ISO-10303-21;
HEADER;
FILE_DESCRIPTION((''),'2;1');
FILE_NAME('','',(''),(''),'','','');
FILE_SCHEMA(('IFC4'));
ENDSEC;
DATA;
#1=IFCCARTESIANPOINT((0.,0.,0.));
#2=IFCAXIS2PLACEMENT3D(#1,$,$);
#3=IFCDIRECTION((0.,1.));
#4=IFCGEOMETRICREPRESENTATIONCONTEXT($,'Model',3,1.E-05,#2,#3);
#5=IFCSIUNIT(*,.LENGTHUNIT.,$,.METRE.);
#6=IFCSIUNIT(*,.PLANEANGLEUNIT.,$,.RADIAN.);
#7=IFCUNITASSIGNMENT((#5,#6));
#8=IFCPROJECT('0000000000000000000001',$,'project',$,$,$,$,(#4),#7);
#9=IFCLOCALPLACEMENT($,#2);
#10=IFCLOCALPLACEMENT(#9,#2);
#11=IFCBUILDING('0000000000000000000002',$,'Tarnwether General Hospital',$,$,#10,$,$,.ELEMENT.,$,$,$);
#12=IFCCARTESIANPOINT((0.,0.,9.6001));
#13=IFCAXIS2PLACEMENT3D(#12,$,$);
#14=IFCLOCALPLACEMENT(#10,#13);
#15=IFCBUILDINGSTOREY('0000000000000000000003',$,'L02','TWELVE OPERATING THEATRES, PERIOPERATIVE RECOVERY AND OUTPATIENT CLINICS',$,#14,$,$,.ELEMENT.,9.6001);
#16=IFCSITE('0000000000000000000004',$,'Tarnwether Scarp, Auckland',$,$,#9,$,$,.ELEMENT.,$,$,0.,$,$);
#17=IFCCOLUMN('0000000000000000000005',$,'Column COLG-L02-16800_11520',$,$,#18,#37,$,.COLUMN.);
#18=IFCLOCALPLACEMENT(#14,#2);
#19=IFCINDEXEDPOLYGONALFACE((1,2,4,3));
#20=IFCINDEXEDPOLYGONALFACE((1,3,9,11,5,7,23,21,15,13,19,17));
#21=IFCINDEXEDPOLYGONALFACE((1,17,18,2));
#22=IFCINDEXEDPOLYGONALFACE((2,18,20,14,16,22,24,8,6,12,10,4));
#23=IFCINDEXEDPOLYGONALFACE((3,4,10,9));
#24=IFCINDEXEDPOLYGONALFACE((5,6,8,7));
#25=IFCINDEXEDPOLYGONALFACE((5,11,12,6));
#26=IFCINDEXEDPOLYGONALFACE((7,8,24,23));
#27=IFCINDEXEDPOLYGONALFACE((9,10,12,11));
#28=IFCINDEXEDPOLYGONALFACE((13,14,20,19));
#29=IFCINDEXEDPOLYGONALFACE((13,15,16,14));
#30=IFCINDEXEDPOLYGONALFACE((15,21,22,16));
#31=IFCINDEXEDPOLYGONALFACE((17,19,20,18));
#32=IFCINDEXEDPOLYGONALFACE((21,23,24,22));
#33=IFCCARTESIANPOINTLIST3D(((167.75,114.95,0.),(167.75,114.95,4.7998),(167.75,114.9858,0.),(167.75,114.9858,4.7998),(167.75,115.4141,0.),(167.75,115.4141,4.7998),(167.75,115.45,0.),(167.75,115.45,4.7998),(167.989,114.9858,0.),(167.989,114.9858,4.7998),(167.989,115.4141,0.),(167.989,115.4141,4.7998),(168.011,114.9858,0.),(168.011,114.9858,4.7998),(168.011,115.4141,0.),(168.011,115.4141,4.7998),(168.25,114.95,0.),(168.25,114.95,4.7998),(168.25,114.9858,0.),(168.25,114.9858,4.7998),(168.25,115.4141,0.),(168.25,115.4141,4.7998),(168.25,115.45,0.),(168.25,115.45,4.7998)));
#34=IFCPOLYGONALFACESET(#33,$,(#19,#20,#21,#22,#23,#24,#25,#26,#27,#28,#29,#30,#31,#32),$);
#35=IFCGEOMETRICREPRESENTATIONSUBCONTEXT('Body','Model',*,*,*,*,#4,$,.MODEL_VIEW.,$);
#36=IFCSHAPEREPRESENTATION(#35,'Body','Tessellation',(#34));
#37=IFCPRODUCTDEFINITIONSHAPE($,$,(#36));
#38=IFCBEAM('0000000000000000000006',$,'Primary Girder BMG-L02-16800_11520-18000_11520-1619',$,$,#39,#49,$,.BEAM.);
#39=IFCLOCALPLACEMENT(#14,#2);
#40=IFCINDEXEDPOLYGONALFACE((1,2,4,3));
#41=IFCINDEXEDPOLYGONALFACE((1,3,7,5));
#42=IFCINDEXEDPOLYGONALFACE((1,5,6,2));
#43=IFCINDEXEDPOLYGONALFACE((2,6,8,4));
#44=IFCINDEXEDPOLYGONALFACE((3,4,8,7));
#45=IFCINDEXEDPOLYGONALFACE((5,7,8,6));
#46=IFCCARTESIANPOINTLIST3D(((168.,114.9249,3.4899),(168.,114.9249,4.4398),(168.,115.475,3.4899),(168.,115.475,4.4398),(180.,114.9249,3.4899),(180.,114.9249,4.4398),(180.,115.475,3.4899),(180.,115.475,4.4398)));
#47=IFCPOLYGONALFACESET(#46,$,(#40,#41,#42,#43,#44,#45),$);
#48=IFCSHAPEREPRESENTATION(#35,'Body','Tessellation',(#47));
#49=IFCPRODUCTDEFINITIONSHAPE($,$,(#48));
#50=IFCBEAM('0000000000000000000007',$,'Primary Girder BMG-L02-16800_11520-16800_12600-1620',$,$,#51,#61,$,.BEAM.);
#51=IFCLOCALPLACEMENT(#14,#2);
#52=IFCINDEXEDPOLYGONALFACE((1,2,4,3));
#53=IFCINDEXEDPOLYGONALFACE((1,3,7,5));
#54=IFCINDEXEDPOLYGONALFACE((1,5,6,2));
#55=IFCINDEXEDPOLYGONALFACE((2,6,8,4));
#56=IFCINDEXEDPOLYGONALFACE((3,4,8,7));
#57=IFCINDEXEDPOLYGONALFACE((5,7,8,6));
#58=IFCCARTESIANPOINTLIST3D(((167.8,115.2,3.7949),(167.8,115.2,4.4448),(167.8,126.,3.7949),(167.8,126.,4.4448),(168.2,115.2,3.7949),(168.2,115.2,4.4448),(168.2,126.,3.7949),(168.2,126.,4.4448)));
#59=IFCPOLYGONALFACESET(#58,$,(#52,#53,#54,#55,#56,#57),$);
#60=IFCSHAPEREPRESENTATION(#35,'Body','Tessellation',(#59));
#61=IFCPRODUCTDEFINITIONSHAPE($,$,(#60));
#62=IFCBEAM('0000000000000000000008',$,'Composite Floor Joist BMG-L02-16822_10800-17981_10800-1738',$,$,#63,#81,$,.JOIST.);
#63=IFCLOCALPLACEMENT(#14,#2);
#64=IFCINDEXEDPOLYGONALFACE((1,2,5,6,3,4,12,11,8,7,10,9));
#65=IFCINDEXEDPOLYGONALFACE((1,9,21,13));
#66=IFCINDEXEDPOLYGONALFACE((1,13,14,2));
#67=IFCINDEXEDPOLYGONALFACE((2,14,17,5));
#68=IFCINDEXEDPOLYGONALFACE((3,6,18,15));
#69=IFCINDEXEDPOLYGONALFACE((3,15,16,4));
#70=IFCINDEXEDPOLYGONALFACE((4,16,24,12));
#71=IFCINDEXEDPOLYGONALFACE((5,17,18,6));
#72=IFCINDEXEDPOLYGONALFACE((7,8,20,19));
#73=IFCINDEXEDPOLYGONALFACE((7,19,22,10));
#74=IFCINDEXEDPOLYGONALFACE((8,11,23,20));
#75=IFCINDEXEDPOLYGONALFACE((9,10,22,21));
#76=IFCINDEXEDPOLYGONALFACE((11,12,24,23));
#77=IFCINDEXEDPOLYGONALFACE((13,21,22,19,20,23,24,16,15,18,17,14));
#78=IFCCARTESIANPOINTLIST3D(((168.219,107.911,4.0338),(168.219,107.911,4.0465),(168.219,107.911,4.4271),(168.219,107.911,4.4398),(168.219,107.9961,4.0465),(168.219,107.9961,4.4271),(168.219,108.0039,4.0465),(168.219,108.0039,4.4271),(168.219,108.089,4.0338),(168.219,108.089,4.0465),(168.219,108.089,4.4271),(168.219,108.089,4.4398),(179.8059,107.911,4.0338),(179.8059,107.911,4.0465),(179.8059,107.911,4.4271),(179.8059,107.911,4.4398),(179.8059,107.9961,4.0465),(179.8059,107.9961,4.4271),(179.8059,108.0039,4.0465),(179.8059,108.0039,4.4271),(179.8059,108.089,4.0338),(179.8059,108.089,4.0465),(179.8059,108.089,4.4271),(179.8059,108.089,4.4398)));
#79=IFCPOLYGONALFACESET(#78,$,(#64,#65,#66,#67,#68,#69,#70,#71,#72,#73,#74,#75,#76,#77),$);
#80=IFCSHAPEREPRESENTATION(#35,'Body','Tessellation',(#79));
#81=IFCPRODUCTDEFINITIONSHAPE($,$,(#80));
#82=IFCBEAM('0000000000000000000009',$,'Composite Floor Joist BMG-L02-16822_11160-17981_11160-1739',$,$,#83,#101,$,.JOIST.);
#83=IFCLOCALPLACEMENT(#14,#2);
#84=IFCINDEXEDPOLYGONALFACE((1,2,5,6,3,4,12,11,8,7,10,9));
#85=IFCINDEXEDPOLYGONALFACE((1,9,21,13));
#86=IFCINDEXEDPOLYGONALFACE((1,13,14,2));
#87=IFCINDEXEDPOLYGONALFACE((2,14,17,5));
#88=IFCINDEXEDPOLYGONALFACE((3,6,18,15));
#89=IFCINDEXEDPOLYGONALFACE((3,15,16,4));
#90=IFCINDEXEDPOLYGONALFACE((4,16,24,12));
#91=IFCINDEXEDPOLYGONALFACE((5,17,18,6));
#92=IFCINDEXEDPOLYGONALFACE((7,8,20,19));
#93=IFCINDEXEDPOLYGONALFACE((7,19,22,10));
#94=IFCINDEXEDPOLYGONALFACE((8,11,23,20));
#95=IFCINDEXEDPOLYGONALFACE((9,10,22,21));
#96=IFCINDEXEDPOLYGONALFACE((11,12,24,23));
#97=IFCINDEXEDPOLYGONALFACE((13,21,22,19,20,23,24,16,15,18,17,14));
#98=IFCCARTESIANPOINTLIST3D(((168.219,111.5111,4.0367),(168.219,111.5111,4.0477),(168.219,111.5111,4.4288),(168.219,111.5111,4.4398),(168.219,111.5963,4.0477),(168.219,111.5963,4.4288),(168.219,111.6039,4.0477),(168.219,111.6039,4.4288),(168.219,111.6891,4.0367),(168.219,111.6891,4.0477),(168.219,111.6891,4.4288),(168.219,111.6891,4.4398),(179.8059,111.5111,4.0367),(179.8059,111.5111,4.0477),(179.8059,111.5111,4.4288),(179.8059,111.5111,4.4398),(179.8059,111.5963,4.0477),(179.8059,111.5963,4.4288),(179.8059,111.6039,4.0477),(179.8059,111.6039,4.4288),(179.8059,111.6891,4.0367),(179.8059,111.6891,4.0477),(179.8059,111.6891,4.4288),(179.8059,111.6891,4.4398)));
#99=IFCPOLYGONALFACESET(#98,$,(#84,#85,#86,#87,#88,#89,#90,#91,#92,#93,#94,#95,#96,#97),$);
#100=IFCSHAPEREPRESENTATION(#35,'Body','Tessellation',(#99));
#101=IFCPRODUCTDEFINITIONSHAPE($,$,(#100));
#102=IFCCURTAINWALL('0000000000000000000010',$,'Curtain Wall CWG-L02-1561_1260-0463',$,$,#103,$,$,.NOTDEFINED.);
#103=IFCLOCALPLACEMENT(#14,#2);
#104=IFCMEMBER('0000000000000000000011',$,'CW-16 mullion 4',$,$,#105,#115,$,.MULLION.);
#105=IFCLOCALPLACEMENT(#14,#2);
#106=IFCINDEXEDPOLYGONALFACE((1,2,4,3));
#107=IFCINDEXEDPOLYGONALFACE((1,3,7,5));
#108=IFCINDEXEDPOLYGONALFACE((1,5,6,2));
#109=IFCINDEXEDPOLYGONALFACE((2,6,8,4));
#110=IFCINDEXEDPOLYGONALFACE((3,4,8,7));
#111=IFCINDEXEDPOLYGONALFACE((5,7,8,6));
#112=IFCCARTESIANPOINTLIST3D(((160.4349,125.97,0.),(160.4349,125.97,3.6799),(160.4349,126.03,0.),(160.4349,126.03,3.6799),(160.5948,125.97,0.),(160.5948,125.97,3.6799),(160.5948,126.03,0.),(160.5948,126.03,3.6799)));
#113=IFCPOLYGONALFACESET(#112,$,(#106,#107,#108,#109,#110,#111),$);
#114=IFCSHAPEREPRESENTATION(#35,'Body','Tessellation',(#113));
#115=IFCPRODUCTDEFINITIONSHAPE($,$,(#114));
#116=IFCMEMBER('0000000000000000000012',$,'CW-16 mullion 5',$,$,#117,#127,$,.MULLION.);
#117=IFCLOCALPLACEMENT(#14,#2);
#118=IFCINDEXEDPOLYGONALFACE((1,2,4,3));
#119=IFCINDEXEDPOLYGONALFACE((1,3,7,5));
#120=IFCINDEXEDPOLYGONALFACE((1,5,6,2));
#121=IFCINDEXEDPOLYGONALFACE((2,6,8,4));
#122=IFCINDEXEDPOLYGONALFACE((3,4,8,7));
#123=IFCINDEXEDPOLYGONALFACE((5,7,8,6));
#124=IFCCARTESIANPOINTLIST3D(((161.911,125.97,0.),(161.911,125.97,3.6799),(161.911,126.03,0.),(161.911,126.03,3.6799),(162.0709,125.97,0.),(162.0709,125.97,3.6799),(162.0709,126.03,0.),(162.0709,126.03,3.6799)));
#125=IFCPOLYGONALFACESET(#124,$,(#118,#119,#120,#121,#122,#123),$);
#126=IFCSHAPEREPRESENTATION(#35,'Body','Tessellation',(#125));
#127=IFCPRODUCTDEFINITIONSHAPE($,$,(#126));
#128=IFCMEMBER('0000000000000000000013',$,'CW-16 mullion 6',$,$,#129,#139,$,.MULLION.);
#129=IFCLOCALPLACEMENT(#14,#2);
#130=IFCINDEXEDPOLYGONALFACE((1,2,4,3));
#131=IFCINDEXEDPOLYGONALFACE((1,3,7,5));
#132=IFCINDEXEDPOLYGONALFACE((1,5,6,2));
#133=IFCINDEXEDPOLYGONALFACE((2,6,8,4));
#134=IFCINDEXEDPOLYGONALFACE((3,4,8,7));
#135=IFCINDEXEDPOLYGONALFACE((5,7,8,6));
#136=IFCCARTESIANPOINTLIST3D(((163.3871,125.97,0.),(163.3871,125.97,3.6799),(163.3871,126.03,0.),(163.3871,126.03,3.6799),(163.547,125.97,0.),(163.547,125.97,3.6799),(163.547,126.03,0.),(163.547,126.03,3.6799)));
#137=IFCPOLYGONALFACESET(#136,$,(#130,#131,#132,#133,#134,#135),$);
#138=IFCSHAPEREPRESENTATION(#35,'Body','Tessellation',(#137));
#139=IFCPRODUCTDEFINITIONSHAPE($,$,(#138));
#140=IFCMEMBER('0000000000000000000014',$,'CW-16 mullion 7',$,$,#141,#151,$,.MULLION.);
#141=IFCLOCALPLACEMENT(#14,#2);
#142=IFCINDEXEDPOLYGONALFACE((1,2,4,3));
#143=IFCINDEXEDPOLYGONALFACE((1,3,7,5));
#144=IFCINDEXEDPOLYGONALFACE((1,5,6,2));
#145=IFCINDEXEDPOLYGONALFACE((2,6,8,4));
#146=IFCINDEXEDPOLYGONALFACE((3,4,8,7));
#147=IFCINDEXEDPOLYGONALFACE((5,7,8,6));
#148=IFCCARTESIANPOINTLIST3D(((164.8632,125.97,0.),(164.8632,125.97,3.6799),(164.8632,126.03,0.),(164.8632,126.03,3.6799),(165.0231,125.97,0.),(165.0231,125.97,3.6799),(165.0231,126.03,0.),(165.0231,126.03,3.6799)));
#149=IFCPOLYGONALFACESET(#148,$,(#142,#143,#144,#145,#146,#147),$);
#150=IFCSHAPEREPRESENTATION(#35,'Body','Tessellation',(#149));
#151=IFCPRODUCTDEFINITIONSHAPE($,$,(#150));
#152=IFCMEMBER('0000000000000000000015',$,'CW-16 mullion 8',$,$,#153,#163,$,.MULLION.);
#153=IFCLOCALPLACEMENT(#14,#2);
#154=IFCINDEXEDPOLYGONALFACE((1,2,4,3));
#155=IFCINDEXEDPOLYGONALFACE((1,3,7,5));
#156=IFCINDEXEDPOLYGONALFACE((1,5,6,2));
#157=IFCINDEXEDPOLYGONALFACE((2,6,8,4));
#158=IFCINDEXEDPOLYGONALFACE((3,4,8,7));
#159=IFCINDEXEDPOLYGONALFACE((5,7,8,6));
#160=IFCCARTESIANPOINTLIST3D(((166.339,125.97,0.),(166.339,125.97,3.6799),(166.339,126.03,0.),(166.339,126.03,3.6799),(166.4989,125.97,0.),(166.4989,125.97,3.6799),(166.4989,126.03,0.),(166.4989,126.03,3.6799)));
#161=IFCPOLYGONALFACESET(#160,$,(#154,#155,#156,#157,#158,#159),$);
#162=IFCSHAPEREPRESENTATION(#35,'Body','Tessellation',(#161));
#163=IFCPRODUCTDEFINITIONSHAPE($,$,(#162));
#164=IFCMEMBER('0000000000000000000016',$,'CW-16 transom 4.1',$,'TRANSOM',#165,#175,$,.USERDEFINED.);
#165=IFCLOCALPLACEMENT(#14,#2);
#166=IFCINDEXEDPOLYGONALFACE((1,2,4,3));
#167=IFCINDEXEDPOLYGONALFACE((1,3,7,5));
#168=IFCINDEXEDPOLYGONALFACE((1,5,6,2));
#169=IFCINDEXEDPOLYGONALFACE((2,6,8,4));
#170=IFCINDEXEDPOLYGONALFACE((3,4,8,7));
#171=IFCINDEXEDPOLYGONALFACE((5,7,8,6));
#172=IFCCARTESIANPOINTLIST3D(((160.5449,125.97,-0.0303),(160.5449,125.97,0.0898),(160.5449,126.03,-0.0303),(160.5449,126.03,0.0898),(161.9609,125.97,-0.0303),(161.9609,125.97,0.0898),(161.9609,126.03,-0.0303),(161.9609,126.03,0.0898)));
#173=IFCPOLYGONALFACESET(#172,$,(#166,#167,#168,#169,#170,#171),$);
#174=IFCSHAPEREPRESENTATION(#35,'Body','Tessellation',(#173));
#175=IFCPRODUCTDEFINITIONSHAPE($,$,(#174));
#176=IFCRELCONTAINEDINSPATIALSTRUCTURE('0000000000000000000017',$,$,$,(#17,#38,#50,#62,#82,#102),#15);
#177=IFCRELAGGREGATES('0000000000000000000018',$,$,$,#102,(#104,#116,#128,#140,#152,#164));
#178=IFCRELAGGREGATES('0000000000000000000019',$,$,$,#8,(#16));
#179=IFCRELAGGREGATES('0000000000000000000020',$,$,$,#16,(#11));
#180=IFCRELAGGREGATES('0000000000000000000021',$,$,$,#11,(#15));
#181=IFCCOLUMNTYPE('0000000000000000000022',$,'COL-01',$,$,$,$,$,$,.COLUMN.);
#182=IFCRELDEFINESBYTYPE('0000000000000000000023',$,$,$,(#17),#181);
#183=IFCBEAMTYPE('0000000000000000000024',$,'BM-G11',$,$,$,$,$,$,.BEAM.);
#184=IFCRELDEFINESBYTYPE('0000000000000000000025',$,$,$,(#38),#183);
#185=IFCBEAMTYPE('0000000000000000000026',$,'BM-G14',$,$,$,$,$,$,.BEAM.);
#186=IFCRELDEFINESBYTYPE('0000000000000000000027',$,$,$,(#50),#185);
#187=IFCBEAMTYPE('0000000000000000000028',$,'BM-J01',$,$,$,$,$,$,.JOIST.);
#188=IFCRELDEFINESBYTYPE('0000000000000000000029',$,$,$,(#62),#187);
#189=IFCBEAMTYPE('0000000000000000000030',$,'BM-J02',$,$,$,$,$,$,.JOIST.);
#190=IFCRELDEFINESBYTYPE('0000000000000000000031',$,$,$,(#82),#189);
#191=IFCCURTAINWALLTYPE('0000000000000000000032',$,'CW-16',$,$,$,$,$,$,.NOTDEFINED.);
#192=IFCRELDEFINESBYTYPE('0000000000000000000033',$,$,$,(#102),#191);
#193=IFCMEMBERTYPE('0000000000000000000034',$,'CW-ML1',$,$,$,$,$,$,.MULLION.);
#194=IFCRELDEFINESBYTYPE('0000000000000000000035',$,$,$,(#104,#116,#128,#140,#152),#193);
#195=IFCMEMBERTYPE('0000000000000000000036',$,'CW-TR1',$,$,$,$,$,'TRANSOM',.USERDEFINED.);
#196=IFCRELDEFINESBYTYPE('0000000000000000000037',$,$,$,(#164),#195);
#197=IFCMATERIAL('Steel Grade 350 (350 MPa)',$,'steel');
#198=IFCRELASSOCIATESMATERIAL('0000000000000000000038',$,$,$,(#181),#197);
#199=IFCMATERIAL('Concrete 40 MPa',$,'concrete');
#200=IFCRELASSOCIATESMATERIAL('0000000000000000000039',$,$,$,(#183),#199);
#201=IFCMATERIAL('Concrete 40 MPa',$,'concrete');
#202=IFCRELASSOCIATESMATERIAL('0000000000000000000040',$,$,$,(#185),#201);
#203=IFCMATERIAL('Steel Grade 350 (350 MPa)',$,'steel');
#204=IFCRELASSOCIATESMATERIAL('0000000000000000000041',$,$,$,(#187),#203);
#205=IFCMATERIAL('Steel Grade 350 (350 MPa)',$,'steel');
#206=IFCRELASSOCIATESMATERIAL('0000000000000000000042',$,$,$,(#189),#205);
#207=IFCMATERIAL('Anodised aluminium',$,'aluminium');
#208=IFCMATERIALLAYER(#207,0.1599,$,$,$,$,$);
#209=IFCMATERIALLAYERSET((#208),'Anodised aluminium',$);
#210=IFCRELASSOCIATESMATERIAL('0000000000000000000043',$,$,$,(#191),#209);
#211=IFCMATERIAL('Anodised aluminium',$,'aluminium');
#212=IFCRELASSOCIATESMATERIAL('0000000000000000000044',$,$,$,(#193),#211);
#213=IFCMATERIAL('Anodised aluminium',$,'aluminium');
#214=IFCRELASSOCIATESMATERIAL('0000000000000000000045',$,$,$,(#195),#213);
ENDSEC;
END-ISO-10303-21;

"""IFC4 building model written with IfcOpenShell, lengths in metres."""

from ifc_helpers import new_model, si_unit, direction, frame, origin, origin_2d, place, context, subcontext, project, spatial, rectangle, i_section, extrude, material, layer, layer_set, material_profile, profile_set, type_object, element, aggregate, save


model = new_model("IFC4")

# Units and contexts
model_context = context("Model", 3, precision=1e-05, world=origin(), true_north=direction((0.0, 1.0)))
body_context = subcontext(model_context, "Body", "Model", "MODEL_VIEW")
ifc_project = project(units=[si_unit("LENGTHUNIT", "METRE"), si_unit("PLANEANGLEUNIT", "RADIAN")], contexts=[model_context])

# Site, building, storey
site_placement = place(None, origin())
site = spatial("IfcSite", under=ifc_project, at=site_placement, Name="Tarnwether Scarp, Auckland", CompositionType="ELEMENT", RefElevation=0.0)
building_placement = place(site_placement, origin())
building = spatial("IfcBuilding", under=site, at=building_placement, Name="Tarnwether General Hospital", CompositionType="ELEMENT")
storey_placement = place(building_placement, frame((0.0, 0.0, 9.6001)))
storey = spatial("IfcBuildingStorey", under=building, at=storey_placement, Name="L02", Description="TWELVE OPERATING THEATRES, PERIOPERATIVE RECOVERY AND OUTPATIENT CLINICS", CompositionType="ELEMENT", Elevation=9.6001)

# Column
ifc_material_1 = material(Name="Steel Grade 350 (350 MPa)", Category="steel")
ifc_material_profile_1 = material_profile(ifc_material_1, i_section(OverallWidth=0.5, OverallDepth=0.5, WebThickness=0.022, FlangeThickness=0.0359, at=origin_2d()), Name="500WC380")
ifc_profile_set_1 = profile_set([ifc_material_profile_1], Name="Steel Grade 350 (350 MPa)")
column_type = type_object("IfcColumnType", Name="COL-01", PredefinedType="COLUMN", material=ifc_profile_set_1)
column_placement = place(storey_placement, frame((168.0, 115.2, 0.0), z_axis=(0.0, 0.0, 1.0), x_axis=(1.0, 0.0, 0.0)))
element("IfcColumn", 1, at=column_placement, inside=storey, type_object=column_type, Name="Column COLG-L02-16800_11520", PredefinedType="COLUMN", context=body_context, shape_type="SweptSolid", body=[
    extrude(i_section(OverallWidth=0.5, OverallDepth=0.5, WebThickness=0.022, FlangeThickness=0.0359, at=origin_2d()), origin(), (0.0, 0.0, 1.0), 4.7998),
])

# Beams
ifc_material_2 = material(Name="Concrete 40 MPa", Category="concrete")
ifc_material_profile_2 = material_profile(ifc_material_2, rectangle(XDim=0.55, YDim=0.95, at=origin_2d()), Name="RC-BM-550x950")
ifc_profile_set_2 = profile_set([ifc_material_profile_2], Name="Concrete 40 MPa")
beam_type_1 = type_object("IfcBeamType", Name="BM-G11", PredefinedType="BEAM", material=ifc_profile_set_2)
beam_1_placement = place(storey_placement, frame((168.0, 115.2, 3.9648), z_axis=(1.0, 0.0, 0.0), x_axis=(0.0, 1.0, 0.0)))
element("IfcBeam", 2, at=beam_1_placement, inside=storey, type_object=beam_type_1, Name="Primary Girder BMG-L02-16800_11520-18000_11520-1619", PredefinedType="BEAM", context=body_context, shape_type="SweptSolid", body=[
    extrude(rectangle(XDim=0.55, YDim=0.95, at=origin_2d()), origin(), (0.0, 0.0, 1.0), 12.0),
])
ifc_material_3 = material(Name="Concrete 40 MPa", Category="concrete")
ifc_material_profile_3 = material_profile(ifc_material_3, rectangle(XDim=0.3999, YDim=0.6499, at=origin_2d()), Name="RC-BM-400x650")
ifc_profile_set_3 = profile_set([ifc_material_profile_3], Name="Concrete 40 MPa")
beam_type_2 = type_object("IfcBeamType", Name="BM-G14", PredefinedType="BEAM", material=ifc_profile_set_3)
beam_2_placement = place(storey_placement, frame((168.0, 115.2, 4.1199), z_axis=(0.0, 1.0, 0.0), x_axis=(-1.0, 0.0, 0.0)))
element("IfcBeam", 3, at=beam_2_placement, inside=storey, type_object=beam_type_2, Name="Primary Girder BMG-L02-16800_11520-16800_12600-1620", PredefinedType="BEAM", context=body_context, shape_type="SweptSolid", body=[
    extrude(rectangle(XDim=0.3999, YDim=0.6499, at=origin_2d()), origin(), (0.0, 0.0, 1.0), 10.8),
])
ifc_material_4 = material(Name="Steel Grade 350 (350 MPa)", Category="steel")
ifc_material_profile_4 = material_profile(ifc_material_4, i_section(OverallWidth=0.178, OverallDepth=0.406, WebThickness=0.0078, FlangeThickness=0.0127, at=origin_2d()), Name="410UB59.7")
ifc_profile_set_4 = profile_set([ifc_material_profile_4], Name="Steel Grade 350 (350 MPa)")
beam_type_3 = type_object("IfcBeamType", Name="BM-J01", PredefinedType="JOIST", material=ifc_profile_set_4)
beam_3_placement = place(storey_placement, frame((168.219, 108.0, 4.2368), z_axis=(1.0, 0.0, 0.0), x_axis=(0.0, 1.0, 0.0)))
element("IfcBeam", 4, at=beam_3_placement, inside=storey, type_object=beam_type_3, Name="Composite Floor Joist BMG-L02-16822_10800-17981_10800-1738", PredefinedType="JOIST", context=body_context, shape_type="SweptSolid", body=[
    extrude(i_section(OverallWidth=0.178, OverallDepth=0.406, WebThickness=0.0078, FlangeThickness=0.0127, at=origin_2d()), origin(), (0.0, 0.0, 1.0), 11.5869),
])
ifc_material_5 = material(Name="Steel Grade 350 (350 MPa)", Category="steel")
ifc_material_profile_5 = material_profile(ifc_material_5, i_section(OverallWidth=0.178, OverallDepth=0.4031, WebThickness=0.0076, FlangeThickness=0.011, at=origin_2d()), Name="410UB53.7")
ifc_profile_set_5 = profile_set([ifc_material_profile_5], Name="Steel Grade 350 (350 MPa)")
beam_type_4 = type_object("IfcBeamType", Name="BM-J02", PredefinedType="JOIST", material=ifc_profile_set_5)
beam_4_placement = place(storey_placement, frame((168.219, 111.6001, 4.2383), z_axis=(1.0, 0.0, 0.0), x_axis=(0.0, 1.0, 0.0)))
element("IfcBeam", 5, at=beam_4_placement, inside=storey, type_object=beam_type_4, Name="Composite Floor Joist BMG-L02-16822_11160-17981_11160-1739", PredefinedType="JOIST", context=body_context, shape_type="SweptSolid", body=[
    extrude(i_section(OverallWidth=0.178, OverallDepth=0.4031, WebThickness=0.0076, FlangeThickness=0.011, at=origin_2d()), origin(), (0.0, 0.0, 1.0), 11.5869),
])

# Curtain wall, members
ifc_material_6 = material(Name="Anodised aluminium", Category="aluminium")
ifc_layer_1 = layer(ifc_material_6, 0.1599)
ifc_layer_set_1 = layer_set([ifc_layer_1], Name="Anodised aluminium")
curtain_wall_type = type_object("IfcCurtainWallType", Name="CW-16", PredefinedType="NOTDEFINED", material=ifc_layer_set_1)
curtain_wall_placement = place(storey_placement, origin())
curtain_wall = element("IfcCurtainWall", 6, at=curtain_wall_placement, inside=storey, type_object=curtain_wall_type, Name="Curtain Wall CWG-L02-1561_1260-0463", PredefinedType="NOTDEFINED")
ifc_material_7 = material(Name="Anodised aluminium", Category="aluminium")
ifc_material_profile_6 = material_profile(ifc_material_7, rectangle(XDim=0.0601, YDim=0.1599, at=origin_2d()), Name="ALU-MUL-60x160")
ifc_profile_set_6 = profile_set([ifc_material_profile_6], Name="Anodised aluminium")
member_type_1 = type_object("IfcMemberType", Name="CW-ML1", PredefinedType="MULLION", material=ifc_profile_set_6)
member_1_placement = place(storey_placement, frame((160.5149, 126.0, 0.0), z_axis=(0.0, 0.0, 1.0), x_axis=(0.0, 1.0, 0.0)))
member_1 = element("IfcMember", 7, at=member_1_placement, type_object=member_type_1, Name="CW-16 mullion 4", PredefinedType="MULLION", context=body_context, shape_type="SweptSolid", body=[
    extrude(rectangle(XDim=0.0601, YDim=0.1599, at=origin_2d()), origin(), (0.0, 0.0, 1.0), 3.6799),
])
member_2_placement = place(storey_placement, frame((161.991, 126.0, 0.0), z_axis=(0.0, 0.0, 1.0), x_axis=(0.0, 1.0, 0.0)))
member_2 = element("IfcMember", 8, at=member_2_placement, type_object=member_type_1, Name="CW-16 mullion 5", PredefinedType="MULLION", context=body_context, shape_type="SweptSolid", body=[
    extrude(rectangle(XDim=0.0601, YDim=0.1599, at=origin_2d()), origin(), (0.0, 0.0, 1.0), 3.6799),
])
member_3_placement = place(storey_placement, frame((163.467, 126.0, 0.0), z_axis=(0.0, 0.0, 1.0), x_axis=(0.0, 1.0, 0.0)))
member_3 = element("IfcMember", 9, at=member_3_placement, type_object=member_type_1, Name="CW-16 mullion 6", PredefinedType="MULLION", context=body_context, shape_type="SweptSolid", body=[
    extrude(rectangle(XDim=0.0601, YDim=0.1599, at=origin_2d()), origin(), (0.0, 0.0, 1.0), 3.6799),
])
member_4_placement = place(storey_placement, frame((164.9431, 126.0, 0.0), z_axis=(0.0, 0.0, 1.0), x_axis=(0.0, 1.0, 0.0)))
member_4 = element("IfcMember", 10, at=member_4_placement, type_object=member_type_1, Name="CW-16 mullion 7", PredefinedType="MULLION", context=body_context, shape_type="SweptSolid", body=[
    extrude(rectangle(XDim=0.0601, YDim=0.1599, at=origin_2d()), origin(), (0.0, 0.0, 1.0), 3.6799),
])
member_5_placement = place(storey_placement, frame((166.4189, 126.0, 0.0), z_axis=(0.0, 0.0, 1.0), x_axis=(0.0, 1.0, 0.0)))
member_5 = element("IfcMember", 11, at=member_5_placement, type_object=member_type_1, Name="CW-16 mullion 8", PredefinedType="MULLION", context=body_context, shape_type="SweptSolid", body=[
    extrude(rectangle(XDim=0.0601, YDim=0.1599, at=origin_2d()), origin(), (0.0, 0.0, 1.0), 3.6799),
])
ifc_material_8 = material(Name="Anodised aluminium", Category="aluminium")
ifc_material_profile_7 = material_profile(ifc_material_8, rectangle(XDim=0.0601, YDim=0.1201, at=origin_2d()), Name="ALU-TRN-60x120")
ifc_profile_set_7 = profile_set([ifc_material_profile_7], Name="Anodised aluminium")
member_type_2 = type_object("IfcMemberType", Name="CW-TR1", ElementType="TRANSOM", PredefinedType="USERDEFINED", material=ifc_profile_set_7)
member_6_placement = place(storey_placement, frame((160.5449, 126.0, 0.0298), z_axis=(1.0, 0.0, 0.0), x_axis=(0.0, 1.0, 0.0)))
member_6 = element("IfcMember", 12, at=member_6_placement, type_object=member_type_2, Name="CW-16 transom 4.1", ObjectType="TRANSOM", PredefinedType="USERDEFINED", context=body_context, shape_type="SweptSolid", body=[
    extrude(rectangle(XDim=0.0601, YDim=0.1201, at=origin_2d()), origin(), (0.0, 0.0, 1.0), 1.416),
])
aggregate(curtain_wall, [member_1, member_2, member_3, member_4, member_5, member_6])

save(model, "model.ifc")
